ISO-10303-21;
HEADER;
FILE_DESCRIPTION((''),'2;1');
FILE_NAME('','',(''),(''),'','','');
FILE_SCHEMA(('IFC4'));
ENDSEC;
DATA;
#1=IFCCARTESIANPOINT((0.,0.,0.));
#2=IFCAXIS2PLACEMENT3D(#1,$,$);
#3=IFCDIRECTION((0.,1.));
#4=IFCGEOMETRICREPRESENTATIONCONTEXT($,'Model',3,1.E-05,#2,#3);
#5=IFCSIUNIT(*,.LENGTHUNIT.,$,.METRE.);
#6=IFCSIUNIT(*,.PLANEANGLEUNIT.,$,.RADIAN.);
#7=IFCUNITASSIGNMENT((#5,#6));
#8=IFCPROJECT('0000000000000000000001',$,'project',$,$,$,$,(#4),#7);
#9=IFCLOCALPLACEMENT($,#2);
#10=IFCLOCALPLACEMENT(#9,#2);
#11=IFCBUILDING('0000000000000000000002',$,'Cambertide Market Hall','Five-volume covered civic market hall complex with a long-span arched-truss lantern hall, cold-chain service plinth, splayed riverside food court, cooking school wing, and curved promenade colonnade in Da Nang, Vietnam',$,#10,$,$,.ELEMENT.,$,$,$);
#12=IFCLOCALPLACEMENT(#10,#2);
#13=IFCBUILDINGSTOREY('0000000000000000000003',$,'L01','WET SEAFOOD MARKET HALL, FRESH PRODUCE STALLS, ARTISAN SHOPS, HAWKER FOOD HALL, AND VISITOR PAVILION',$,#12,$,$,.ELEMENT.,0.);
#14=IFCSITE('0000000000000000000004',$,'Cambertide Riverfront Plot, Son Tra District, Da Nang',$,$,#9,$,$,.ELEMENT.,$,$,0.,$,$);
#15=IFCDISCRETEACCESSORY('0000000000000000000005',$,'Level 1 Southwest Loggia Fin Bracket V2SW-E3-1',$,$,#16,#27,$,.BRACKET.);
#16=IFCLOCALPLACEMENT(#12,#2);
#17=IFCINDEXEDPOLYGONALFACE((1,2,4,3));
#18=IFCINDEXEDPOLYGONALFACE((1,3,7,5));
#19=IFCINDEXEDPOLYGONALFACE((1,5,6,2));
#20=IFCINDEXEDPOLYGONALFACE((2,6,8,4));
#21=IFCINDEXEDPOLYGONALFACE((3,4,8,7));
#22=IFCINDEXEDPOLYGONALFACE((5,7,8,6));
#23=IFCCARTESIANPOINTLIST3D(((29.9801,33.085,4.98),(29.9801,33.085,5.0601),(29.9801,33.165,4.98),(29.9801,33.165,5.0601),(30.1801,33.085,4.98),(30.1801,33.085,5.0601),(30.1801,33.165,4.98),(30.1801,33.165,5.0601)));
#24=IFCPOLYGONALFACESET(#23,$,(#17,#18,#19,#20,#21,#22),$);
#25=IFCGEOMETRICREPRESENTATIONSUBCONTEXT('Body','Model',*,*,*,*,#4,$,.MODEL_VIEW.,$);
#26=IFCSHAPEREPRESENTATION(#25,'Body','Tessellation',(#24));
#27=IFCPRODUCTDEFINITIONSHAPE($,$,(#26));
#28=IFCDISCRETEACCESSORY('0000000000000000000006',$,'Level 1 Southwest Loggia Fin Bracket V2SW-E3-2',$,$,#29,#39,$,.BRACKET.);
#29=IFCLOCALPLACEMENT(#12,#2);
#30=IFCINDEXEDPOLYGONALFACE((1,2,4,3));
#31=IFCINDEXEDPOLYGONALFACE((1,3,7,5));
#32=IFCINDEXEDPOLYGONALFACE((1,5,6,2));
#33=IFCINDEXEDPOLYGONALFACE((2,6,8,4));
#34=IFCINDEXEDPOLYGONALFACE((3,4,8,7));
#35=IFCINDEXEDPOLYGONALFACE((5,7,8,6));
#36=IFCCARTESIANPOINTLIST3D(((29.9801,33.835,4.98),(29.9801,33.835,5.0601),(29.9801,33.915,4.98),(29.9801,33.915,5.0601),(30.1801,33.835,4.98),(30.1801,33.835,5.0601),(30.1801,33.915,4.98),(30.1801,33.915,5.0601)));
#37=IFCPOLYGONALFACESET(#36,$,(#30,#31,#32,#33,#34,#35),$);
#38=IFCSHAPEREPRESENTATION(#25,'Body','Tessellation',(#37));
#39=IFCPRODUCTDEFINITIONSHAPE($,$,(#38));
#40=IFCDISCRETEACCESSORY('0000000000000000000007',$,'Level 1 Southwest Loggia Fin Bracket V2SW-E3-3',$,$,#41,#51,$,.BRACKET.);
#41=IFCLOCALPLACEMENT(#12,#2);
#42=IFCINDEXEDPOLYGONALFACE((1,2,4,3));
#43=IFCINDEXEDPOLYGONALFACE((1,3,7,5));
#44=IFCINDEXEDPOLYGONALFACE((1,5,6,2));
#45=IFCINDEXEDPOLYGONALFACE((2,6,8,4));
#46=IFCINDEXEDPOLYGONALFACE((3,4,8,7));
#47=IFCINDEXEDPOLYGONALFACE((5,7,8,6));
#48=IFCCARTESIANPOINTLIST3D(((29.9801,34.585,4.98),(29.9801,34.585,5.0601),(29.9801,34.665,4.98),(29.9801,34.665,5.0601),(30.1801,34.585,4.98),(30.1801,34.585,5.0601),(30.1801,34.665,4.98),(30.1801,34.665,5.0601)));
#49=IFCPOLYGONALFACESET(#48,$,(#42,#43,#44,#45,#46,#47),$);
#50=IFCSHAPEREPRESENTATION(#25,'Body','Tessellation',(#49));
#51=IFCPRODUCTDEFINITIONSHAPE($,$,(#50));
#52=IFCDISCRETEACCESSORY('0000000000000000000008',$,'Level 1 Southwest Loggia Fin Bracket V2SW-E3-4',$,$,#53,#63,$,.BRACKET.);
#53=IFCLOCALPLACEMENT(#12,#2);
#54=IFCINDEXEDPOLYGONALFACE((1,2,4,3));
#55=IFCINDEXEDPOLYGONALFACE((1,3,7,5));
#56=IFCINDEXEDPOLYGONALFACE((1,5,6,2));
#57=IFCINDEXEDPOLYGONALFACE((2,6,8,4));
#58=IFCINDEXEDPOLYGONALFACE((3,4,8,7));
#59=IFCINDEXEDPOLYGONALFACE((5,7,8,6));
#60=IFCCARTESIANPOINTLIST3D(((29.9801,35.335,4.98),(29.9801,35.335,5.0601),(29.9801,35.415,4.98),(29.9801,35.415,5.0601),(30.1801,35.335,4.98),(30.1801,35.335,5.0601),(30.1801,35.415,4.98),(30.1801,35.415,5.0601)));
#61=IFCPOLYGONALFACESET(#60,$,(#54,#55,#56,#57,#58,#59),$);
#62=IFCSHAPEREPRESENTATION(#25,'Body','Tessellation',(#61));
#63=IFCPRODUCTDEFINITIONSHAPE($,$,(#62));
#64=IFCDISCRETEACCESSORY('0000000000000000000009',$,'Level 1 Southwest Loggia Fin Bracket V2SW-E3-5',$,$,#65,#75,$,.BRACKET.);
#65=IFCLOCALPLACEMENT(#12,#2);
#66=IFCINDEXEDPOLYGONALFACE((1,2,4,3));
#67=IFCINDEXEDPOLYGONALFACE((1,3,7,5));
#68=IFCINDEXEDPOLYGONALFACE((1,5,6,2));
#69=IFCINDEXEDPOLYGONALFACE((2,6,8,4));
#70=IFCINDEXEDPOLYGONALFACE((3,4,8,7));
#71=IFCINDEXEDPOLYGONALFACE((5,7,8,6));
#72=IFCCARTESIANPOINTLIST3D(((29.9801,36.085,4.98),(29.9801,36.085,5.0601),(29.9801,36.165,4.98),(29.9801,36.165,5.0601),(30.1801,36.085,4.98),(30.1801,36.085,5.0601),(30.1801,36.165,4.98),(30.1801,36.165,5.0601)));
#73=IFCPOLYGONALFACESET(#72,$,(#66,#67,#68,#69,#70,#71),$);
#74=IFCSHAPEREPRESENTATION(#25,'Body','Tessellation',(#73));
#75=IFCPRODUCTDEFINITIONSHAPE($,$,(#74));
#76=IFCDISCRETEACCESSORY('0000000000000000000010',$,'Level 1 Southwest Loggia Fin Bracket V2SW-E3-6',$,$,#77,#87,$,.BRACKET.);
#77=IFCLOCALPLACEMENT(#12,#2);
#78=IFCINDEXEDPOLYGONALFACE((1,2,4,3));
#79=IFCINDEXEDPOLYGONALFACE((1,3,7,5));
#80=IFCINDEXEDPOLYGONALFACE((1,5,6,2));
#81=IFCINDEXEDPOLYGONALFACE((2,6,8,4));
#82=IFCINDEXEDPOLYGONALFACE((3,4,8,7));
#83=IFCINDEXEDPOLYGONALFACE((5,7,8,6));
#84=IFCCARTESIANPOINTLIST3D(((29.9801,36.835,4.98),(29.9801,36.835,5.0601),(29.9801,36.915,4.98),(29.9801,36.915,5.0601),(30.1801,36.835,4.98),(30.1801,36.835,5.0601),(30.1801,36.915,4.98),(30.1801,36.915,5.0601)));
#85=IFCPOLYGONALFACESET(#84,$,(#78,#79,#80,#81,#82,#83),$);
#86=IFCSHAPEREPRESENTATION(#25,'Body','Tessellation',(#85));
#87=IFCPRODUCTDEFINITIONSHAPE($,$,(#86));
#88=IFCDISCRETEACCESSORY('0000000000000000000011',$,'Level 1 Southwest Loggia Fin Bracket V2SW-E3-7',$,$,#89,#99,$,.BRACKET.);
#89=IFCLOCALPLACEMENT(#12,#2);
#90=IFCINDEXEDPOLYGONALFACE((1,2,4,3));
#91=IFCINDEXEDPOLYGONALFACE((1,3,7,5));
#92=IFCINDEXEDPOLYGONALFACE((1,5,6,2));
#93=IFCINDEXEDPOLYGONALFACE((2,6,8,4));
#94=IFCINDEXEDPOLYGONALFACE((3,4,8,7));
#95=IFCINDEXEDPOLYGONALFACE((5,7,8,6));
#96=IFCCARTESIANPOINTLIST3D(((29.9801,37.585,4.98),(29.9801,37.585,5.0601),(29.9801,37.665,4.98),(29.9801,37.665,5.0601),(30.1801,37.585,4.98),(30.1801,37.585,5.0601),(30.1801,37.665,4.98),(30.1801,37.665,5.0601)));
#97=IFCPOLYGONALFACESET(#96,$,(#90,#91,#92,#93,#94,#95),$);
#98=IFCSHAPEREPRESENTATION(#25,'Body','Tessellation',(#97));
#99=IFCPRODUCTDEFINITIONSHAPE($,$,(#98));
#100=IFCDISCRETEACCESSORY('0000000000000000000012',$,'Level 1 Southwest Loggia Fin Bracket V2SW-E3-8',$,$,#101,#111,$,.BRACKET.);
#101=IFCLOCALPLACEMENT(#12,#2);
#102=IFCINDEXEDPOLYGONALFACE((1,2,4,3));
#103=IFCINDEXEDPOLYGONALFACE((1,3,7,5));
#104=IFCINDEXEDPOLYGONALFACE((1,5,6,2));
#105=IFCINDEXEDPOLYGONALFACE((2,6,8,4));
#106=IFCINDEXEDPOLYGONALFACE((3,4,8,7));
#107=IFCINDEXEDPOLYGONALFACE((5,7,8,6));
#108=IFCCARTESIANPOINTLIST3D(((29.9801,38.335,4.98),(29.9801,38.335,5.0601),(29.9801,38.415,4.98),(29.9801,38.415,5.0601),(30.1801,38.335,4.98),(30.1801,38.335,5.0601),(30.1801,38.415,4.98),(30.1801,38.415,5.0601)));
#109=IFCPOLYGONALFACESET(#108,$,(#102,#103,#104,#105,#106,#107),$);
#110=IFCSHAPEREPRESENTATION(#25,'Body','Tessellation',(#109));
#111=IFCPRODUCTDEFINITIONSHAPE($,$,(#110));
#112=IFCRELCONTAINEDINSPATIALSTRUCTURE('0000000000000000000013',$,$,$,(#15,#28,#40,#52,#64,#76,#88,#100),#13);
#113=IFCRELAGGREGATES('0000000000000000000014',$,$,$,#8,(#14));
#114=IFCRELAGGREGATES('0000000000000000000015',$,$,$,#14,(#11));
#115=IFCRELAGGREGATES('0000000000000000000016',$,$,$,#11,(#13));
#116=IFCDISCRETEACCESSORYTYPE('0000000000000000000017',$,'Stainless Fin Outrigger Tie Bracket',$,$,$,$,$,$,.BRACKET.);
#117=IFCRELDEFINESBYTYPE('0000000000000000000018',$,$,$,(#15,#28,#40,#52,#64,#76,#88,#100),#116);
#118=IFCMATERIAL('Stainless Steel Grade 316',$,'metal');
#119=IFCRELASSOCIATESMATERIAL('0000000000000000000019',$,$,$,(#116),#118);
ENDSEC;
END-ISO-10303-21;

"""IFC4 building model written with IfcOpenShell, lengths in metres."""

from ifc_helpers import new_model, si_unit, direction, frame, origin, origin_2d, place, context, subcontext, project, spatial, rectangle, extrude, material, type_object, element, save


model = new_model("IFC4")

# Units and contexts
model_context = context("Model", 3, precision=1e-05, world=origin(), true_north=direction((0.0, 1.0)))
body_context = subcontext(model_context, "Body", "Model", "MODEL_VIEW")
ifc_project = project(units=[si_unit("LENGTHUNIT", "METRE"), si_unit("PLANEANGLEUNIT", "RADIAN")], contexts=[model_context])

# Site, building, storey
site_placement = place(None, origin())
site = spatial("IfcSite", under=ifc_project, at=site_placement, Name="Cambertide Riverfront Plot, Son Tra District, Da Nang", CompositionType="ELEMENT", RefElevation=0.0)
building_placement = place(site_placement, origin())
building = spatial("IfcBuilding", under=site, at=building_placement, Name="Cambertide Market Hall", Description="Five-volume covered civic market hall complex with a long-span arched-truss lantern hall, cold-chain service plinth, splayed riverside food court, cooking school wing, and curved promenade colonnade in Da Nang, Vietnam", CompositionType="ELEMENT")
storey_placement = place(building_placement, origin())
storey = spatial("IfcBuildingStorey", under=building, at=storey_placement, Name="L01", Description="WET SEAFOOD MARKET HALL, FRESH PRODUCE STALLS, ARTISAN SHOPS, HAWKER FOOD HALL, AND VISITOR PAVILION", CompositionType="ELEMENT", Elevation=0.0)

# Discrete accessories
ifc_material_1 = material(Name="Stainless Steel Grade 316", Category="metal")
discrete_accessory_type = type_object("IfcDiscreteAccessoryType", Name="Stainless Fin Outrigger Tie Bracket", PredefinedType="BRACKET", material=ifc_material_1)
for number, where, z_axis, x_axis, name in (
    (1, (30.0801, 33.125, 4.98), (0.0, 0.0, 1.0), (0.0, -1.0, 0.0), "Level 1 Southwest Loggia Fin Bracket V2SW-E3-1"),
    (2, (30.0801, 33.875, 4.98), (0.0, 0.0, 1.0), (0.0, -1.0, 0.0), "Level 1 Southwest Loggia Fin Bracket V2SW-E3-2"),
    (3, (30.0801, 34.625, 4.98), (0.0, 0.0, 1.0), (0.0, -1.0, 0.0), "Level 1 Southwest Loggia Fin Bracket V2SW-E3-3"),
    (4, (30.0801, 35.375, 4.98), (0.0, 0.0, 1.0), (0.0, -1.0, 0.0), "Level 1 Southwest Loggia Fin Bracket V2SW-E3-4"),
    (5, (30.0801, 36.125, 4.98), (0.0, 0.0, 1.0), (0.0, -1.0, 0.0), "Level 1 Southwest Loggia Fin Bracket V2SW-E3-5"),
    (6, (30.0801, 36.875, 4.98), (0.0, 0.0, 1.0), (0.0, -1.0, 0.0), "Level 1 Southwest Loggia Fin Bracket V2SW-E3-6"),
    (7, (30.0801, 37.625, 4.98), (0.0, 0.0, 1.0), (0.0, -1.0, 0.0), "Level 1 Southwest Loggia Fin Bracket V2SW-E3-7"),
    (8, (30.0801, 38.375, 4.98), (0.0, 0.0, 1.0), (0.0, -1.0, 0.0), "Level 1 Southwest Loggia Fin Bracket V2SW-E3-8"),
):
    element("IfcDiscreteAccessory", number, at=place(storey_placement, frame(where, z_axis=z_axis, x_axis=x_axis)), inside=storey, type_object=discrete_accessory_type, Name=name, PredefinedType="BRACKET", context=body_context, shape_type="SweptSolid", body=[
        extrude(rectangle(XDim=0.0801, YDim=0.2, at=origin_2d()), origin(), (0.0, 0.0, 1.0), 0.0801),
    ])

save(model, "model.ifc")
